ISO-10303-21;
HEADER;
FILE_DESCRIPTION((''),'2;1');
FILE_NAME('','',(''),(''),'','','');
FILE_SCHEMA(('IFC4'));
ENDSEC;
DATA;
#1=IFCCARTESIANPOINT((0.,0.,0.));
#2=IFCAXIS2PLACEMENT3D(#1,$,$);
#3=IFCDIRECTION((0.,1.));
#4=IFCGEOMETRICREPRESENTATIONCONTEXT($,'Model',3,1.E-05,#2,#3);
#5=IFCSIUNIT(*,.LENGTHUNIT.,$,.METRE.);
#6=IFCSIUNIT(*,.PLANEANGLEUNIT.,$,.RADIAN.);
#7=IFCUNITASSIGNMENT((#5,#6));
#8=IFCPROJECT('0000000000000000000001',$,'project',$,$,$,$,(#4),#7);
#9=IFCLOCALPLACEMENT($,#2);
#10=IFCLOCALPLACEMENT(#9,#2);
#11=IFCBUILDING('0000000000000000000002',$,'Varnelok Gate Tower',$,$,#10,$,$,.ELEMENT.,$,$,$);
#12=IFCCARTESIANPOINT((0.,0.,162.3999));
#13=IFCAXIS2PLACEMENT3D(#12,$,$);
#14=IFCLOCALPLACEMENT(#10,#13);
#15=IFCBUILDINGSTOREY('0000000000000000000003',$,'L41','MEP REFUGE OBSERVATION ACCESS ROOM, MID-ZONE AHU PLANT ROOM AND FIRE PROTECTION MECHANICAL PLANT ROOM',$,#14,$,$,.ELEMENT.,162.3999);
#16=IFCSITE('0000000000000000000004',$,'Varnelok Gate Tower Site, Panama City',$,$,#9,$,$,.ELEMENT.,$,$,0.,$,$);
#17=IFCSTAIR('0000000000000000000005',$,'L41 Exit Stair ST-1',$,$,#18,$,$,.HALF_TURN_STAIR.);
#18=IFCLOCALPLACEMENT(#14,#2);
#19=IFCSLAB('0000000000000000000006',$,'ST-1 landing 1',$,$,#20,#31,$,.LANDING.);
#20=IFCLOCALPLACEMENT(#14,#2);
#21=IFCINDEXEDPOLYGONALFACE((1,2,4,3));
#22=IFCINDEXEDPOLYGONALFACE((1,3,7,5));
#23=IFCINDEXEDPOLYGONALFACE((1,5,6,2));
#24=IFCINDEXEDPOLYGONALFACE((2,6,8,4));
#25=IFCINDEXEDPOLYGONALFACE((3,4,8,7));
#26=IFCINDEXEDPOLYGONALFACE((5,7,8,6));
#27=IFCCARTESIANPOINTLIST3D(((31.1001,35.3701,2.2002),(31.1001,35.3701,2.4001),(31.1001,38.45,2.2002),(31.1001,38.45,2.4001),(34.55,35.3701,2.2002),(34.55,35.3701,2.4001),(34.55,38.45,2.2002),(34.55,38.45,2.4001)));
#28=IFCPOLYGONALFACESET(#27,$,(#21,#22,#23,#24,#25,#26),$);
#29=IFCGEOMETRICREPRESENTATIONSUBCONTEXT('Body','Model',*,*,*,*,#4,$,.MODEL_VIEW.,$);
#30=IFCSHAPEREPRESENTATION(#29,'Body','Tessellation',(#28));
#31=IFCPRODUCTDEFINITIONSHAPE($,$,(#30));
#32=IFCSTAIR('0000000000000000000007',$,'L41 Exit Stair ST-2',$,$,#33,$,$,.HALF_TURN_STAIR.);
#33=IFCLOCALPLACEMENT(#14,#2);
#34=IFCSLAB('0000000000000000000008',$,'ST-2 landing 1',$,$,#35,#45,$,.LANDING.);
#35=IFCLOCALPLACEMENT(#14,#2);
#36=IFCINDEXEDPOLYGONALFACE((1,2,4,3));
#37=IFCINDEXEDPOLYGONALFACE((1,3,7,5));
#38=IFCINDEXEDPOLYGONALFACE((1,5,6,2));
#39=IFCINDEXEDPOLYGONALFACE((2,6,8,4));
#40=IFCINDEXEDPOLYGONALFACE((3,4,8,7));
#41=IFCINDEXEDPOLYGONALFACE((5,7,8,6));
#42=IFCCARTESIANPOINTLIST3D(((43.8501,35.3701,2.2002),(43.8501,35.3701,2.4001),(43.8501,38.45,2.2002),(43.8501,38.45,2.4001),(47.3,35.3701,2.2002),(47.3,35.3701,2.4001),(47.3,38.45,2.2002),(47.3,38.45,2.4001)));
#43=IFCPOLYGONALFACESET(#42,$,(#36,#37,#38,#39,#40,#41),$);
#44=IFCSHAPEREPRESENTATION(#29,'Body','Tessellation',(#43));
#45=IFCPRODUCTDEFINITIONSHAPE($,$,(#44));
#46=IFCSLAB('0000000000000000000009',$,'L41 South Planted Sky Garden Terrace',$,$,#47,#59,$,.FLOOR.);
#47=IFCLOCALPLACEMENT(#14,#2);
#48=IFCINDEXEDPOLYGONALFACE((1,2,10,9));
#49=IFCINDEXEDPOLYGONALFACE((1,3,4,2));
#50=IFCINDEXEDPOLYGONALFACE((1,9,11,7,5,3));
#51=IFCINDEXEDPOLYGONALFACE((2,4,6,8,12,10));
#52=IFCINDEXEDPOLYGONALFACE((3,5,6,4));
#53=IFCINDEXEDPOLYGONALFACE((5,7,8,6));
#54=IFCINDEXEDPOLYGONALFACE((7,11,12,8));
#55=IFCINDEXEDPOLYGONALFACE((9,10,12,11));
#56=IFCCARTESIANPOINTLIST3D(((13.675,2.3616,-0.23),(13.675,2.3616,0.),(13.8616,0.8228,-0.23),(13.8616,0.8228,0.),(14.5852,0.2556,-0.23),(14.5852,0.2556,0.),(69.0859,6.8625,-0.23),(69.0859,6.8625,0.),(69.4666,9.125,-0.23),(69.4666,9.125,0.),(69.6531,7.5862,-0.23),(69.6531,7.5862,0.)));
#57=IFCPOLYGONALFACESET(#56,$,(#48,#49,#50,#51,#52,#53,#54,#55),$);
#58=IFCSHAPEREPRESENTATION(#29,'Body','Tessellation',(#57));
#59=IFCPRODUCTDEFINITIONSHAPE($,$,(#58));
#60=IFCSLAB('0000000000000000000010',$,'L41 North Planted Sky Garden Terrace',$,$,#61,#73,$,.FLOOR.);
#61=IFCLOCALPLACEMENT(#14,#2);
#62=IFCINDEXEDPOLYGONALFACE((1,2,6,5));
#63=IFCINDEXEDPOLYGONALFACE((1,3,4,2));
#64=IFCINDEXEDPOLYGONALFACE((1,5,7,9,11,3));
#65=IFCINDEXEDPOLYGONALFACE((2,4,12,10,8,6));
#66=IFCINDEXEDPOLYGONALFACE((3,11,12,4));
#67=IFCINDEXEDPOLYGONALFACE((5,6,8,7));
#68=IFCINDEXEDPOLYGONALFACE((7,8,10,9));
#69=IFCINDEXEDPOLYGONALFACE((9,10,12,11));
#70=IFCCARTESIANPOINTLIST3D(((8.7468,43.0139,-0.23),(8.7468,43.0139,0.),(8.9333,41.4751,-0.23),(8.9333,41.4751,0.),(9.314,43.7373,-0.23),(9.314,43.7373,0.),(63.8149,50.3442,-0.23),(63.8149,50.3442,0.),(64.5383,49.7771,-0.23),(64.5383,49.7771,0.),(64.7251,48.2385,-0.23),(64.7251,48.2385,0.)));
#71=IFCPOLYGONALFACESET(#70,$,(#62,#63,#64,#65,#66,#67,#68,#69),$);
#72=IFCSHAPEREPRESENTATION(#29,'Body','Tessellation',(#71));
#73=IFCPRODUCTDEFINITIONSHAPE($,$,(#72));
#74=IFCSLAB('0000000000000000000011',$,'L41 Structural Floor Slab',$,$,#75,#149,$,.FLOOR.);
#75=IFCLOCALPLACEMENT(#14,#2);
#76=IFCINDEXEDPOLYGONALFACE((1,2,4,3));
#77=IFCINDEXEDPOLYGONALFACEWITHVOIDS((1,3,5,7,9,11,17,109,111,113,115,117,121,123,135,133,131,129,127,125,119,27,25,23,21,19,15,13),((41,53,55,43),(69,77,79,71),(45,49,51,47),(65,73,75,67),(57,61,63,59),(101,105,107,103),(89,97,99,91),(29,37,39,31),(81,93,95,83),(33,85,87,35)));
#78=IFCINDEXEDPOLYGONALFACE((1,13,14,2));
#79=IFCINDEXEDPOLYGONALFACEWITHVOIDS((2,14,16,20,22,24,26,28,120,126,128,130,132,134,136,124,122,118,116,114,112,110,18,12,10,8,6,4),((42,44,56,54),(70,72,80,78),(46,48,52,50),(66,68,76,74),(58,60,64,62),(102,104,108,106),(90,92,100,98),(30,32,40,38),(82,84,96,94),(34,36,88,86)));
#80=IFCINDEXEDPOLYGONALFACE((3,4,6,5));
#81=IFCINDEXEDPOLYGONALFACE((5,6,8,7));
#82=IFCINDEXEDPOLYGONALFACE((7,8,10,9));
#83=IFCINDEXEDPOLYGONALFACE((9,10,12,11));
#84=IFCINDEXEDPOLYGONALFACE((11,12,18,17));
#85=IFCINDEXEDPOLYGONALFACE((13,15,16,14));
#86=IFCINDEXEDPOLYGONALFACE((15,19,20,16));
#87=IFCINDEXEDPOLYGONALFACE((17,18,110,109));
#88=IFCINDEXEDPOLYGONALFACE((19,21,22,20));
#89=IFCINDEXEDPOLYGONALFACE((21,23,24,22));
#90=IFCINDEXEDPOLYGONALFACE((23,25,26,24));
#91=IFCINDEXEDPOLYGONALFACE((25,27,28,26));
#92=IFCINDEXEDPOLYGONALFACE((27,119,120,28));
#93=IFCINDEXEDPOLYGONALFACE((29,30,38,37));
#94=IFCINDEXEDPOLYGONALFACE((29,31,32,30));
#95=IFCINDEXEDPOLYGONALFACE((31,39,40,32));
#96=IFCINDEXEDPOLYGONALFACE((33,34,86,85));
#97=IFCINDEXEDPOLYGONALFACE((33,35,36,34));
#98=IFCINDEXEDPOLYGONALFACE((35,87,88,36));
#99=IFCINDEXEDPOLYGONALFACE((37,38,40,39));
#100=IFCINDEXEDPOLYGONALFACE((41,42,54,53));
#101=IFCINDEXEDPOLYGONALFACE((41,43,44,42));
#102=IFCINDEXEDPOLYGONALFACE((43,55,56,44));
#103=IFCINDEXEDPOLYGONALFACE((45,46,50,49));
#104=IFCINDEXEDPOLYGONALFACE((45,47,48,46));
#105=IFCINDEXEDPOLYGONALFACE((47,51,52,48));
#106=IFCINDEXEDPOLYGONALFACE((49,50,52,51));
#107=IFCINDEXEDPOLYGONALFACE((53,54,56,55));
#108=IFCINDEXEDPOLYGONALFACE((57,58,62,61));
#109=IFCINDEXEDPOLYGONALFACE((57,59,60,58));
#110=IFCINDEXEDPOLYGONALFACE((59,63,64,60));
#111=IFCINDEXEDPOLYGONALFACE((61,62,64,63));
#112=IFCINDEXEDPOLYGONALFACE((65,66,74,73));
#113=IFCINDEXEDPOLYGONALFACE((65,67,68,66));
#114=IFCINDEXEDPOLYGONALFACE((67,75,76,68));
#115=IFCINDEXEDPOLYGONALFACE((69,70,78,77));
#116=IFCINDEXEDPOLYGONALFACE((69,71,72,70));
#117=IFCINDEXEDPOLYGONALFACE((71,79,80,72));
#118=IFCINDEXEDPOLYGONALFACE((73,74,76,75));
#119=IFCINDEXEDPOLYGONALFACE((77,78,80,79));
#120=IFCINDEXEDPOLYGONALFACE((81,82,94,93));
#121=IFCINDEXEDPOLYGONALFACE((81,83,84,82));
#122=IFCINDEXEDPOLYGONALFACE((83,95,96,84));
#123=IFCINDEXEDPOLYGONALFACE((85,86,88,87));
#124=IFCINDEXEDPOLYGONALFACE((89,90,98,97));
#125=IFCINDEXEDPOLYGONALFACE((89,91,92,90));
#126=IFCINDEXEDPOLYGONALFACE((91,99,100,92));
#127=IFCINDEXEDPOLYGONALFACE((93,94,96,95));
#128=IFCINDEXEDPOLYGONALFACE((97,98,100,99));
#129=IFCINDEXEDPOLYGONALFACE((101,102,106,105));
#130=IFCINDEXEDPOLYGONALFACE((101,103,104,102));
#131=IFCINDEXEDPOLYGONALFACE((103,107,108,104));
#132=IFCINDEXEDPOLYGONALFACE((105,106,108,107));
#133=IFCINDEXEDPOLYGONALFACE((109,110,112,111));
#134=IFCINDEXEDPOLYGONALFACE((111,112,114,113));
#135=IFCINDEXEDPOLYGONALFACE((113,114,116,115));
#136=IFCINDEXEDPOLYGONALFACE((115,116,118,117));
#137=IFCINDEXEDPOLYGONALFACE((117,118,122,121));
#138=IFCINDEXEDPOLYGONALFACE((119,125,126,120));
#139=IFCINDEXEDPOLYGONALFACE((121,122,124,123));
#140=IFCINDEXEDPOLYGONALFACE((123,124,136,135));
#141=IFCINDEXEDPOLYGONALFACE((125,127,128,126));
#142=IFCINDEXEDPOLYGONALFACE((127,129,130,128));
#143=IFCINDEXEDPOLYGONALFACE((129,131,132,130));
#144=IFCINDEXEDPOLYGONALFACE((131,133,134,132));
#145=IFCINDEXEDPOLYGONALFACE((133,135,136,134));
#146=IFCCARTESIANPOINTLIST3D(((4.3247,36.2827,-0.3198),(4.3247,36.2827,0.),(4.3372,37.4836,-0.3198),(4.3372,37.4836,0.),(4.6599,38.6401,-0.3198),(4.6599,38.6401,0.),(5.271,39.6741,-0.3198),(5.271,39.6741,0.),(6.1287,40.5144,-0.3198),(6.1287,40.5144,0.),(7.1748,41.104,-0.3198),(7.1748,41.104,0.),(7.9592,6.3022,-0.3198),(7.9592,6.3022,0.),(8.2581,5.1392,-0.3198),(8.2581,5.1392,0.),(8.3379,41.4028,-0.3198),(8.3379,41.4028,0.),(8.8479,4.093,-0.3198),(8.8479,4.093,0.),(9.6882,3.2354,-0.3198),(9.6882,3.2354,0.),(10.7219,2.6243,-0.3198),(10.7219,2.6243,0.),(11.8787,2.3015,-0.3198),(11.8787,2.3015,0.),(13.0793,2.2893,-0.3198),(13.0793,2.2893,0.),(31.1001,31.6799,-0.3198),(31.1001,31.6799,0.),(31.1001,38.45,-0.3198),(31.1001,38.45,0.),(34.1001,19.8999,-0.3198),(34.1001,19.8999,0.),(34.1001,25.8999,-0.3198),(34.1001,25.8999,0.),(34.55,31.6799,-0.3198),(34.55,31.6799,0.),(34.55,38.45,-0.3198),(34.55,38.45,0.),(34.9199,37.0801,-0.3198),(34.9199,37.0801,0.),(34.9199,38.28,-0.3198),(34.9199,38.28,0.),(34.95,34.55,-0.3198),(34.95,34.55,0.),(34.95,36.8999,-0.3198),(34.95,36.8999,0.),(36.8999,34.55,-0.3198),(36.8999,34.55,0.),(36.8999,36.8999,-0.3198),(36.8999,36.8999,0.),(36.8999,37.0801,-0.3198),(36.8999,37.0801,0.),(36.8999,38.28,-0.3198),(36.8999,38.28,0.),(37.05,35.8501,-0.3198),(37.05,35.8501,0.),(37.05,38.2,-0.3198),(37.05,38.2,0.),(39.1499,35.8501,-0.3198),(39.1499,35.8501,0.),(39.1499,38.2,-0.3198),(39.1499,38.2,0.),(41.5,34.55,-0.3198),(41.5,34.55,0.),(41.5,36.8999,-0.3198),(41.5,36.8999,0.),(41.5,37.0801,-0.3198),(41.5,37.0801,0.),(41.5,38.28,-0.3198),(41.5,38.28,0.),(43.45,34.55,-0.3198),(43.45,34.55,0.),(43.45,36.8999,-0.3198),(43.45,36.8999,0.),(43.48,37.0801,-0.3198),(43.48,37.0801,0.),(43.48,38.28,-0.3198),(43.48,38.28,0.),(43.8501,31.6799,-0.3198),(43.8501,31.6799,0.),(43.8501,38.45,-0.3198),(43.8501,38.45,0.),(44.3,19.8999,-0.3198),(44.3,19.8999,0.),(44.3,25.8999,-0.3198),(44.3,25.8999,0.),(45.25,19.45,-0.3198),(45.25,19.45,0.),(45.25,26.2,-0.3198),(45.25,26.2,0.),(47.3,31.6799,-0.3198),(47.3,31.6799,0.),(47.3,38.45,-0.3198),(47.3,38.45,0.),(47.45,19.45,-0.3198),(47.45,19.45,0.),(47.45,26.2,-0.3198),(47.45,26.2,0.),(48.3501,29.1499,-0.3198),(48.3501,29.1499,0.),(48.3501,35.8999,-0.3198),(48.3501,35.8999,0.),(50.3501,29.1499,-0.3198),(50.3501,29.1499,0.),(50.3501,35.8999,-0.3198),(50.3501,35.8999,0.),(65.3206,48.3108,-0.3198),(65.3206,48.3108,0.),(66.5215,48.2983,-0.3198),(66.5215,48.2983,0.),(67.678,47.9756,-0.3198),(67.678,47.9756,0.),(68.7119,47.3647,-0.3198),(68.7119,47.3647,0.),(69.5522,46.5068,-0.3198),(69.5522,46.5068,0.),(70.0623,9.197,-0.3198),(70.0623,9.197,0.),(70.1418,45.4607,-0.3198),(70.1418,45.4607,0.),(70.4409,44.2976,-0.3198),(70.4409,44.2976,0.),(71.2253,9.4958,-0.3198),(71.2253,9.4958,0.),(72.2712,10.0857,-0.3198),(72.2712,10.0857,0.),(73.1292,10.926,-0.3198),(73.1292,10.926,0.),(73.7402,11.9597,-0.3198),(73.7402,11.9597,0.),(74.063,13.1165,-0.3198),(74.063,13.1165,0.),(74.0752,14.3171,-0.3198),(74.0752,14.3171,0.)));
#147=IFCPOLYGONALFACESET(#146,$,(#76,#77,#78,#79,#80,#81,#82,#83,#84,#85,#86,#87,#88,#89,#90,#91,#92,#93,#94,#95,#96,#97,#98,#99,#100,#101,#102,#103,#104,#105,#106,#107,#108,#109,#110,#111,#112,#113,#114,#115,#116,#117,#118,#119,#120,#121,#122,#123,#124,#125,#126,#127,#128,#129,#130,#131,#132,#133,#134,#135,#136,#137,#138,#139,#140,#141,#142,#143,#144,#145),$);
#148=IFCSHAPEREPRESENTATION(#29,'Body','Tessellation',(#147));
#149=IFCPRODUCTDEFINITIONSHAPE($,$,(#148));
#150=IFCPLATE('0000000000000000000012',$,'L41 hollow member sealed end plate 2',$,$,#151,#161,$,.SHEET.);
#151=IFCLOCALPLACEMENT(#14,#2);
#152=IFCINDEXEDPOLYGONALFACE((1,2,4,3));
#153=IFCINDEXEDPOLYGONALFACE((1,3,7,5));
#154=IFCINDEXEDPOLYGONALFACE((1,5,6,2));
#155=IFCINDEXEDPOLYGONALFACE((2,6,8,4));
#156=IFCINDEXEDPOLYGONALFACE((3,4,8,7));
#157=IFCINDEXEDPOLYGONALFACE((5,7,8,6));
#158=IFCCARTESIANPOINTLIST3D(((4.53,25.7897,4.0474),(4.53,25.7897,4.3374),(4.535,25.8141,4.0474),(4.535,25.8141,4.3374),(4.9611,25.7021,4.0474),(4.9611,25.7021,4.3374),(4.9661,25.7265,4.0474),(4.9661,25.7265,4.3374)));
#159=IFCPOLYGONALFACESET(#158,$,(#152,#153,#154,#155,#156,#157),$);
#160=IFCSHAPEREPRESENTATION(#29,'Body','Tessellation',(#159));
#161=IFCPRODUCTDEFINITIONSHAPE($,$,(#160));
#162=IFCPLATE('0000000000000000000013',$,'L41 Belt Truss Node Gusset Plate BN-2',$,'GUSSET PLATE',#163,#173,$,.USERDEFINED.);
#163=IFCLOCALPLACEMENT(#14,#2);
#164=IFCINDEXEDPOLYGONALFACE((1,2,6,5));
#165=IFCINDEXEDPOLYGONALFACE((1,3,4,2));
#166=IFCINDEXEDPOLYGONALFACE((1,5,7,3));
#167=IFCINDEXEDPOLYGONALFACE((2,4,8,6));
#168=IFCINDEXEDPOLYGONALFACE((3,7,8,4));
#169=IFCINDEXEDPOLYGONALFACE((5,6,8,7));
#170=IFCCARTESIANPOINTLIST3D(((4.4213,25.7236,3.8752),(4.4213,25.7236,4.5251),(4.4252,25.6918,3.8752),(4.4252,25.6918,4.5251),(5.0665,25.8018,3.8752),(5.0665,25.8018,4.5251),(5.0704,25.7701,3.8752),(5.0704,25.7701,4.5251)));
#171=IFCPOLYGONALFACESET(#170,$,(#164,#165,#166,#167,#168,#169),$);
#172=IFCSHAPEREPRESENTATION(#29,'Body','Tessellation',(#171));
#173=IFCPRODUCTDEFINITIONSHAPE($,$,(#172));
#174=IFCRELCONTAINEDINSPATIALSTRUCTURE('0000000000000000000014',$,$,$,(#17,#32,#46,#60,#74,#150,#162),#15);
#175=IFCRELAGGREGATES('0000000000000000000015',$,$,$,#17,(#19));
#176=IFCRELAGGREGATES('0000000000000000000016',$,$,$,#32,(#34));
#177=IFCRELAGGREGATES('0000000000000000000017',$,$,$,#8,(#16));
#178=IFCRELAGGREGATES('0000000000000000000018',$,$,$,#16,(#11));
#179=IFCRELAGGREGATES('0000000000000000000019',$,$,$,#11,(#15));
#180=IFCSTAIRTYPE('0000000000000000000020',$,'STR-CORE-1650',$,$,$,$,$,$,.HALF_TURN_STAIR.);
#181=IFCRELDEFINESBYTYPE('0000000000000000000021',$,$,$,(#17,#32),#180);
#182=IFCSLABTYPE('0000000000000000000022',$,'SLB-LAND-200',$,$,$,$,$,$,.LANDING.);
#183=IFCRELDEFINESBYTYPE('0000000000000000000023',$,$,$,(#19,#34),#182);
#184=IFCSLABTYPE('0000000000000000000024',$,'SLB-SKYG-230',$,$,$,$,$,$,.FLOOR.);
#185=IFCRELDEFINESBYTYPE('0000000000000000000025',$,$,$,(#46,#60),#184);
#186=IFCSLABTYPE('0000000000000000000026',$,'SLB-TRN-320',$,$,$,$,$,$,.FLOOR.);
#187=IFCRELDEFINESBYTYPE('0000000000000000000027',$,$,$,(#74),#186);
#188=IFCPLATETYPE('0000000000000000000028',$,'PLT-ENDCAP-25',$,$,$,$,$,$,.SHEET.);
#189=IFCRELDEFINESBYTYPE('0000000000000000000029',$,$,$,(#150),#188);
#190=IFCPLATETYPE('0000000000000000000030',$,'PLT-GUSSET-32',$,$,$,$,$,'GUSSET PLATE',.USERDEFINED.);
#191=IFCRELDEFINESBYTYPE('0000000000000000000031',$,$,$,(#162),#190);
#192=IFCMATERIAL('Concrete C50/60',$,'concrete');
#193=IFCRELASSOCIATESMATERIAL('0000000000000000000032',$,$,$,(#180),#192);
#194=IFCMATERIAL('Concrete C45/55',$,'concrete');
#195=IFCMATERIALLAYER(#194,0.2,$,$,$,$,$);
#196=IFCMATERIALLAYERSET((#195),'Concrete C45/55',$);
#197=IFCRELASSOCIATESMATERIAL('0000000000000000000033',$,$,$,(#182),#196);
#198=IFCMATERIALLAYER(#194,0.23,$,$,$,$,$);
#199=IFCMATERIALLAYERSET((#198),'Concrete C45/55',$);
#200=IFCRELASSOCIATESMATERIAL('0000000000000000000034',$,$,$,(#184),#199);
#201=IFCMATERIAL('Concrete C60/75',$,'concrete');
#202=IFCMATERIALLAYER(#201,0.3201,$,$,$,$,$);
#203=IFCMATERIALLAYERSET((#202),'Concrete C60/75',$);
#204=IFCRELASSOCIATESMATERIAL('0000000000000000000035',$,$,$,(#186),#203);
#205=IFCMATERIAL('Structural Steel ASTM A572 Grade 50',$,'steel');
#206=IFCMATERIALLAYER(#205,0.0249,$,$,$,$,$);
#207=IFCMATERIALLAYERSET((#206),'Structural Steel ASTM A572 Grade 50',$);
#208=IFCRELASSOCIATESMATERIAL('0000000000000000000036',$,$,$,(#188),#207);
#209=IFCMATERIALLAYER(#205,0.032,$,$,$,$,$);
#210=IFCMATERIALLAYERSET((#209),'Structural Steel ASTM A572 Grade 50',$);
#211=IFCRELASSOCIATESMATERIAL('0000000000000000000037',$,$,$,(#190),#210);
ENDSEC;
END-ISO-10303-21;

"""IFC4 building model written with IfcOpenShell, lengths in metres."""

from ifc_helpers import new_model, si_unit, direction, frame, origin, origin_2d, place, context, subcontext, project, spatial, polyline, rectangle, outline, extrude, source, transform, mapped, material, layer, layer_set, type_object, element, aggregate, save


model = new_model("IFC4")

# Units and contexts
model_context = context("Model", 3, precision=1e-05, world=origin(), true_north=direction((0.0, 1.0)))
body_context = subcontext(model_context, "Body", "Model", "MODEL_VIEW")
ifc_project = project(units=[si_unit("LENGTHUNIT", "METRE"), si_unit("PLANEANGLEUNIT", "RADIAN")], contexts=[model_context])

# Site, building, storey
site_placement = place(None, origin())
site = spatial("IfcSite", under=ifc_project, at=site_placement, Name="Varnelok Gate Tower Site, Panama City", CompositionType="ELEMENT", RefElevation=0.0)
building_placement = place(site_placement, origin())
building = spatial("IfcBuilding", under=site, at=building_placement, Name="Varnelok Gate Tower", CompositionType="ELEMENT")
storey_placement = place(building_placement, frame((0.0, 0.0, 162.3999)))
storey = spatial("IfcBuildingStorey", under=building, at=storey_placement, Name="L41", Description="MEP REFUGE OBSERVATION ACCESS ROOM, MID-ZONE AHU PLANT ROOM AND FIRE PROTECTION MECHANICAL PLANT ROOM", CompositionType="ELEMENT", Elevation=162.3999)

# Shared definitions
ifc_material_1 = material(Name="Structural Steel ASTM A572 Grade 50", Category="steel")

# Stairs, slabs
ifc_material_2 = material(Name="Concrete C50/60", Category="concrete")
stair_type = type_object("IfcStairType", Name="STR-CORE-1650", PredefinedType="HALF_TURN_STAIR", material=ifc_material_2)
stair_1_placement = place(storey_placement, origin())
stair_1 = element("IfcStair", 1, at=stair_1_placement, inside=storey, type_object=stair_type, Name="L41 Exit Stair ST-1", PredefinedType="HALF_TURN_STAIR")
ifc_material_3 = material(Name="Concrete C45/55", Category="concrete")
ifc_layer_1 = layer(ifc_material_3, 0.2)
ifc_layer_set_1 = layer_set([ifc_layer_1], Name="Concrete C45/55")
slab_type_1 = type_object("IfcSlabType", Name="SLB-LAND-200", PredefinedType="LANDING", material=ifc_layer_set_1)
slab_1_placement = place(storey_placement, frame((0.0, 0.0, 2.2002)))
slab_1 = element("IfcSlab", 2, at=slab_1_placement, type_object=slab_type_1, Name="ST-1 landing 1", PredefinedType="LANDING", context=body_context, shape_type="SweptSolid", body=[
    extrude(outline(polyline([(34.55, 35.3701), (34.55, 38.45), (31.1001, 38.45), (31.1001, 35.3701), (34.55, 35.3701)])), origin(), (0.0, 0.0, 1.0), 0.2),
])
aggregate(stair_1, [slab_1])
stair_2_placement = place(storey_placement, origin())
stair_2 = element("IfcStair", 3, at=stair_2_placement, inside=storey, type_object=stair_type, Name="L41 Exit Stair ST-2", PredefinedType="HALF_TURN_STAIR")
slab_2_placement = place(storey_placement, frame((0.0, 0.0, 2.2002)))
slab_2 = element("IfcSlab", 4, at=slab_2_placement, type_object=slab_type_1, Name="ST-2 landing 1", PredefinedType="LANDING", context=body_context, shape_type="SweptSolid", body=[
    extrude(outline(polyline([(47.3, 35.3701), (47.3, 38.45), (43.8501, 38.45), (43.8501, 35.3701), (47.3, 35.3701)])), origin(), (0.0, 0.0, 1.0), 0.2),
])
aggregate(stair_2, [slab_2])

# Slabs
ifc_layer_2 = layer(ifc_material_3, 0.23)
ifc_layer_set_2 = layer_set([ifc_layer_2], Name="Concrete C45/55")
slab_type_2 = type_object("IfcSlabType", Name="SLB-SKYG-230", PredefinedType="FLOOR", material=ifc_layer_set_2)
slab_3_placement = place(storey_placement, frame((0.0, 0.0, -0.23)))
element("IfcSlab", 5, at=slab_3_placement, inside=storey, type_object=slab_type_2, Name="L41 South Planted Sky Garden Terrace", PredefinedType="FLOOR", context=body_context, shape_type="SweptSolid", body=[
    extrude(outline(polyline([(13.8616, 0.8228), (14.5852, 0.2556), (69.0859, 6.8625), (69.6531, 7.5862), (69.4666, 9.125), (13.675, 2.3616), (13.8616, 0.8228)])), origin(), (0.0, 0.0, 1.0), 0.23),
])
slab_4_placement = place(storey_placement, frame((0.0, 0.0, -0.23)))
element("IfcSlab", 6, at=slab_4_placement, inside=storey, type_object=slab_type_2, Name="L41 North Planted Sky Garden Terrace", PredefinedType="FLOOR", context=body_context, shape_type="SweptSolid", body=[
    extrude(outline(polyline([(8.9333, 41.4751), (64.7251, 48.2385), (64.5383, 49.7771), (63.8149, 50.3442), (9.314, 43.7373), (8.7468, 43.0139), (8.9333, 41.4751)])), origin(), (0.0, 0.0, 1.0), 0.23),
])
ifc_material_4 = material(Name="Concrete C60/75", Category="concrete")
ifc_layer_3 = layer(ifc_material_4, 0.3201)
ifc_layer_set_3 = layer_set([ifc_layer_3], Name="Concrete C60/75")
slab_type_3 = type_object("IfcSlabType", Name="SLB-TRN-320", PredefinedType="FLOOR", material=ifc_layer_set_3)
slab_5_placement = place(storey_placement, frame((0.0, 0.0, -0.3198)))
element("IfcSlab", 7, at=slab_5_placement, inside=storey, type_object=slab_type_3, Name="L41 Structural Floor Slab", PredefinedType="FLOOR", context=body_context, shape_type="SweptSolid", body=[
    extrude(outline(polyline([(7.9592, 6.3022), (8.2581, 5.1392), (8.8479, 4.093), (9.6882, 3.2354), (10.7219, 2.6243), (11.8787, 2.3015), (13.0793, 2.2893), (70.0623, 9.197), (71.2253, 9.4958), (72.2712, 10.0857), (73.1292, 10.926), (73.7402, 11.9597), (74.063, 13.1165), (74.0752, 14.3171), (70.4409, 44.2976), (70.1418, 45.4607), (69.5522, 46.5068), (68.7119, 47.3647), (67.678, 47.9756), (66.5215, 48.2983), (65.3206, 48.3108), (8.3379, 41.4028), (7.1748, 41.104), (6.1287, 40.5144), (5.271, 39.6741), (4.6599, 38.6401), (4.3372, 37.4836), (4.3247, 36.2827), (7.9592, 6.3022)]), holes=[polyline([(34.55, 31.6799), (34.55, 38.45), (31.1001, 38.45), (31.1001, 31.6799), (34.55, 31.6799)]), polyline([(47.3, 31.6799), (47.3, 38.45), (43.8501, 38.45), (43.8501, 31.6799), (47.3, 31.6799)]), polyline([(34.95, 34.55), (36.8999, 34.55), (36.8999, 36.8999), (34.95, 36.8999), (34.95, 34.55)]), polyline([(41.5, 34.55), (43.45, 34.55), (43.45, 36.8999), (41.5, 36.8999), (41.5, 34.55)]), polyline([(37.05, 35.8501), (39.1499, 35.8501), (39.1499, 38.2), (37.05, 38.2), (37.05, 35.8501)]), polyline([(48.3501, 29.1499), (50.3501, 29.1499), (50.3501, 35.8999), (48.3501, 35.8999), (48.3501, 29.1499)]), polyline([(45.25, 19.45), (47.45, 19.45), (47.45, 26.2), (45.25, 26.2), (45.25, 19.45)]), polyline([(34.9199, 37.0801), (36.8999, 37.0801), (36.8999, 38.28), (34.9199, 38.28), (34.9199, 37.0801)]), polyline([(41.5, 37.0801), (43.48, 37.0801), (43.48, 38.28), (41.5, 38.28), (41.5, 37.0801)]), polyline([(34.1001, 19.8999), (44.3, 19.8999), (44.3, 25.8999), (34.1001, 25.8999), (34.1001, 19.8999)])]), origin(), (0.0, 0.0, 1.0), 0.3198),
])

# Plates
ifc_layer_4 = layer(ifc_material_1, 0.0249)
ifc_layer_set_4 = layer_set([ifc_layer_4], Name="Structural Steel ASTM A572 Grade 50")
plate_type_1 = type_object("IfcPlateType", Name="PLT-ENDCAP-25", PredefinedType="SHEET", material=ifc_layer_set_4)
shared_shape_1 = source(origin(), body_context, "Body", "SweptSolid", [
    extrude(rectangle(XDim=0.0249, YDim=0.4399, at=origin_2d()), origin(), (0.0, 0.0, 1.0), 0.29),
])
plate_1_placement = place(storey_placement, frame((4.748, 25.7581, 4.0474), z_axis=(0.0, 0.0, 1.0), x_axis=(-0.199128, -0.979973, 0.0)))
element("IfcPlate", 8, at=plate_1_placement, inside=storey, type_object=plate_type_1, Name="L41 hollow member sealed end plate 2", PredefinedType="SHEET", context=body_context, shape_type="MappedRepresentation", body=[
    mapped(shared_shape_1, transform((0.0, 0.0, 0.0), scale=1.0)),
])
ifc_layer_5 = layer(ifc_material_1, 0.032)
ifc_layer_set_5 = layer_set([ifc_layer_5], Name="Structural Steel ASTM A572 Grade 50")
plate_type_2 = type_object("IfcPlateType", Name="PLT-GUSSET-32", ElementType="GUSSET PLATE", PredefinedType="USERDEFINED", material=ifc_layer_set_5)
shared_shape_2 = source(origin(), body_context, "Body", "SweptSolid", [
    extrude(rectangle(XDim=0.6499, YDim=0.032, at=origin_2d()), origin(), (0.0, 0.0, 1.0), 0.6499),
])
plate_2_placement = place(storey_placement, frame((4.7458, 25.7468, 3.8752), z_axis=(0.0, 0.0, 1.0), x_axis=(0.992732, 0.120345, 0.0)))
element("IfcPlate", 9, at=plate_2_placement, inside=storey, type_object=plate_type_2, Name="L41 Belt Truss Node Gusset Plate BN-2", ObjectType="GUSSET PLATE", PredefinedType="USERDEFINED", context=body_context, shape_type="MappedRepresentation", body=[
    mapped(shared_shape_2, transform((0.0, 0.0, 0.0), scale=1.0)),
])

save(model, "model.ifc")
